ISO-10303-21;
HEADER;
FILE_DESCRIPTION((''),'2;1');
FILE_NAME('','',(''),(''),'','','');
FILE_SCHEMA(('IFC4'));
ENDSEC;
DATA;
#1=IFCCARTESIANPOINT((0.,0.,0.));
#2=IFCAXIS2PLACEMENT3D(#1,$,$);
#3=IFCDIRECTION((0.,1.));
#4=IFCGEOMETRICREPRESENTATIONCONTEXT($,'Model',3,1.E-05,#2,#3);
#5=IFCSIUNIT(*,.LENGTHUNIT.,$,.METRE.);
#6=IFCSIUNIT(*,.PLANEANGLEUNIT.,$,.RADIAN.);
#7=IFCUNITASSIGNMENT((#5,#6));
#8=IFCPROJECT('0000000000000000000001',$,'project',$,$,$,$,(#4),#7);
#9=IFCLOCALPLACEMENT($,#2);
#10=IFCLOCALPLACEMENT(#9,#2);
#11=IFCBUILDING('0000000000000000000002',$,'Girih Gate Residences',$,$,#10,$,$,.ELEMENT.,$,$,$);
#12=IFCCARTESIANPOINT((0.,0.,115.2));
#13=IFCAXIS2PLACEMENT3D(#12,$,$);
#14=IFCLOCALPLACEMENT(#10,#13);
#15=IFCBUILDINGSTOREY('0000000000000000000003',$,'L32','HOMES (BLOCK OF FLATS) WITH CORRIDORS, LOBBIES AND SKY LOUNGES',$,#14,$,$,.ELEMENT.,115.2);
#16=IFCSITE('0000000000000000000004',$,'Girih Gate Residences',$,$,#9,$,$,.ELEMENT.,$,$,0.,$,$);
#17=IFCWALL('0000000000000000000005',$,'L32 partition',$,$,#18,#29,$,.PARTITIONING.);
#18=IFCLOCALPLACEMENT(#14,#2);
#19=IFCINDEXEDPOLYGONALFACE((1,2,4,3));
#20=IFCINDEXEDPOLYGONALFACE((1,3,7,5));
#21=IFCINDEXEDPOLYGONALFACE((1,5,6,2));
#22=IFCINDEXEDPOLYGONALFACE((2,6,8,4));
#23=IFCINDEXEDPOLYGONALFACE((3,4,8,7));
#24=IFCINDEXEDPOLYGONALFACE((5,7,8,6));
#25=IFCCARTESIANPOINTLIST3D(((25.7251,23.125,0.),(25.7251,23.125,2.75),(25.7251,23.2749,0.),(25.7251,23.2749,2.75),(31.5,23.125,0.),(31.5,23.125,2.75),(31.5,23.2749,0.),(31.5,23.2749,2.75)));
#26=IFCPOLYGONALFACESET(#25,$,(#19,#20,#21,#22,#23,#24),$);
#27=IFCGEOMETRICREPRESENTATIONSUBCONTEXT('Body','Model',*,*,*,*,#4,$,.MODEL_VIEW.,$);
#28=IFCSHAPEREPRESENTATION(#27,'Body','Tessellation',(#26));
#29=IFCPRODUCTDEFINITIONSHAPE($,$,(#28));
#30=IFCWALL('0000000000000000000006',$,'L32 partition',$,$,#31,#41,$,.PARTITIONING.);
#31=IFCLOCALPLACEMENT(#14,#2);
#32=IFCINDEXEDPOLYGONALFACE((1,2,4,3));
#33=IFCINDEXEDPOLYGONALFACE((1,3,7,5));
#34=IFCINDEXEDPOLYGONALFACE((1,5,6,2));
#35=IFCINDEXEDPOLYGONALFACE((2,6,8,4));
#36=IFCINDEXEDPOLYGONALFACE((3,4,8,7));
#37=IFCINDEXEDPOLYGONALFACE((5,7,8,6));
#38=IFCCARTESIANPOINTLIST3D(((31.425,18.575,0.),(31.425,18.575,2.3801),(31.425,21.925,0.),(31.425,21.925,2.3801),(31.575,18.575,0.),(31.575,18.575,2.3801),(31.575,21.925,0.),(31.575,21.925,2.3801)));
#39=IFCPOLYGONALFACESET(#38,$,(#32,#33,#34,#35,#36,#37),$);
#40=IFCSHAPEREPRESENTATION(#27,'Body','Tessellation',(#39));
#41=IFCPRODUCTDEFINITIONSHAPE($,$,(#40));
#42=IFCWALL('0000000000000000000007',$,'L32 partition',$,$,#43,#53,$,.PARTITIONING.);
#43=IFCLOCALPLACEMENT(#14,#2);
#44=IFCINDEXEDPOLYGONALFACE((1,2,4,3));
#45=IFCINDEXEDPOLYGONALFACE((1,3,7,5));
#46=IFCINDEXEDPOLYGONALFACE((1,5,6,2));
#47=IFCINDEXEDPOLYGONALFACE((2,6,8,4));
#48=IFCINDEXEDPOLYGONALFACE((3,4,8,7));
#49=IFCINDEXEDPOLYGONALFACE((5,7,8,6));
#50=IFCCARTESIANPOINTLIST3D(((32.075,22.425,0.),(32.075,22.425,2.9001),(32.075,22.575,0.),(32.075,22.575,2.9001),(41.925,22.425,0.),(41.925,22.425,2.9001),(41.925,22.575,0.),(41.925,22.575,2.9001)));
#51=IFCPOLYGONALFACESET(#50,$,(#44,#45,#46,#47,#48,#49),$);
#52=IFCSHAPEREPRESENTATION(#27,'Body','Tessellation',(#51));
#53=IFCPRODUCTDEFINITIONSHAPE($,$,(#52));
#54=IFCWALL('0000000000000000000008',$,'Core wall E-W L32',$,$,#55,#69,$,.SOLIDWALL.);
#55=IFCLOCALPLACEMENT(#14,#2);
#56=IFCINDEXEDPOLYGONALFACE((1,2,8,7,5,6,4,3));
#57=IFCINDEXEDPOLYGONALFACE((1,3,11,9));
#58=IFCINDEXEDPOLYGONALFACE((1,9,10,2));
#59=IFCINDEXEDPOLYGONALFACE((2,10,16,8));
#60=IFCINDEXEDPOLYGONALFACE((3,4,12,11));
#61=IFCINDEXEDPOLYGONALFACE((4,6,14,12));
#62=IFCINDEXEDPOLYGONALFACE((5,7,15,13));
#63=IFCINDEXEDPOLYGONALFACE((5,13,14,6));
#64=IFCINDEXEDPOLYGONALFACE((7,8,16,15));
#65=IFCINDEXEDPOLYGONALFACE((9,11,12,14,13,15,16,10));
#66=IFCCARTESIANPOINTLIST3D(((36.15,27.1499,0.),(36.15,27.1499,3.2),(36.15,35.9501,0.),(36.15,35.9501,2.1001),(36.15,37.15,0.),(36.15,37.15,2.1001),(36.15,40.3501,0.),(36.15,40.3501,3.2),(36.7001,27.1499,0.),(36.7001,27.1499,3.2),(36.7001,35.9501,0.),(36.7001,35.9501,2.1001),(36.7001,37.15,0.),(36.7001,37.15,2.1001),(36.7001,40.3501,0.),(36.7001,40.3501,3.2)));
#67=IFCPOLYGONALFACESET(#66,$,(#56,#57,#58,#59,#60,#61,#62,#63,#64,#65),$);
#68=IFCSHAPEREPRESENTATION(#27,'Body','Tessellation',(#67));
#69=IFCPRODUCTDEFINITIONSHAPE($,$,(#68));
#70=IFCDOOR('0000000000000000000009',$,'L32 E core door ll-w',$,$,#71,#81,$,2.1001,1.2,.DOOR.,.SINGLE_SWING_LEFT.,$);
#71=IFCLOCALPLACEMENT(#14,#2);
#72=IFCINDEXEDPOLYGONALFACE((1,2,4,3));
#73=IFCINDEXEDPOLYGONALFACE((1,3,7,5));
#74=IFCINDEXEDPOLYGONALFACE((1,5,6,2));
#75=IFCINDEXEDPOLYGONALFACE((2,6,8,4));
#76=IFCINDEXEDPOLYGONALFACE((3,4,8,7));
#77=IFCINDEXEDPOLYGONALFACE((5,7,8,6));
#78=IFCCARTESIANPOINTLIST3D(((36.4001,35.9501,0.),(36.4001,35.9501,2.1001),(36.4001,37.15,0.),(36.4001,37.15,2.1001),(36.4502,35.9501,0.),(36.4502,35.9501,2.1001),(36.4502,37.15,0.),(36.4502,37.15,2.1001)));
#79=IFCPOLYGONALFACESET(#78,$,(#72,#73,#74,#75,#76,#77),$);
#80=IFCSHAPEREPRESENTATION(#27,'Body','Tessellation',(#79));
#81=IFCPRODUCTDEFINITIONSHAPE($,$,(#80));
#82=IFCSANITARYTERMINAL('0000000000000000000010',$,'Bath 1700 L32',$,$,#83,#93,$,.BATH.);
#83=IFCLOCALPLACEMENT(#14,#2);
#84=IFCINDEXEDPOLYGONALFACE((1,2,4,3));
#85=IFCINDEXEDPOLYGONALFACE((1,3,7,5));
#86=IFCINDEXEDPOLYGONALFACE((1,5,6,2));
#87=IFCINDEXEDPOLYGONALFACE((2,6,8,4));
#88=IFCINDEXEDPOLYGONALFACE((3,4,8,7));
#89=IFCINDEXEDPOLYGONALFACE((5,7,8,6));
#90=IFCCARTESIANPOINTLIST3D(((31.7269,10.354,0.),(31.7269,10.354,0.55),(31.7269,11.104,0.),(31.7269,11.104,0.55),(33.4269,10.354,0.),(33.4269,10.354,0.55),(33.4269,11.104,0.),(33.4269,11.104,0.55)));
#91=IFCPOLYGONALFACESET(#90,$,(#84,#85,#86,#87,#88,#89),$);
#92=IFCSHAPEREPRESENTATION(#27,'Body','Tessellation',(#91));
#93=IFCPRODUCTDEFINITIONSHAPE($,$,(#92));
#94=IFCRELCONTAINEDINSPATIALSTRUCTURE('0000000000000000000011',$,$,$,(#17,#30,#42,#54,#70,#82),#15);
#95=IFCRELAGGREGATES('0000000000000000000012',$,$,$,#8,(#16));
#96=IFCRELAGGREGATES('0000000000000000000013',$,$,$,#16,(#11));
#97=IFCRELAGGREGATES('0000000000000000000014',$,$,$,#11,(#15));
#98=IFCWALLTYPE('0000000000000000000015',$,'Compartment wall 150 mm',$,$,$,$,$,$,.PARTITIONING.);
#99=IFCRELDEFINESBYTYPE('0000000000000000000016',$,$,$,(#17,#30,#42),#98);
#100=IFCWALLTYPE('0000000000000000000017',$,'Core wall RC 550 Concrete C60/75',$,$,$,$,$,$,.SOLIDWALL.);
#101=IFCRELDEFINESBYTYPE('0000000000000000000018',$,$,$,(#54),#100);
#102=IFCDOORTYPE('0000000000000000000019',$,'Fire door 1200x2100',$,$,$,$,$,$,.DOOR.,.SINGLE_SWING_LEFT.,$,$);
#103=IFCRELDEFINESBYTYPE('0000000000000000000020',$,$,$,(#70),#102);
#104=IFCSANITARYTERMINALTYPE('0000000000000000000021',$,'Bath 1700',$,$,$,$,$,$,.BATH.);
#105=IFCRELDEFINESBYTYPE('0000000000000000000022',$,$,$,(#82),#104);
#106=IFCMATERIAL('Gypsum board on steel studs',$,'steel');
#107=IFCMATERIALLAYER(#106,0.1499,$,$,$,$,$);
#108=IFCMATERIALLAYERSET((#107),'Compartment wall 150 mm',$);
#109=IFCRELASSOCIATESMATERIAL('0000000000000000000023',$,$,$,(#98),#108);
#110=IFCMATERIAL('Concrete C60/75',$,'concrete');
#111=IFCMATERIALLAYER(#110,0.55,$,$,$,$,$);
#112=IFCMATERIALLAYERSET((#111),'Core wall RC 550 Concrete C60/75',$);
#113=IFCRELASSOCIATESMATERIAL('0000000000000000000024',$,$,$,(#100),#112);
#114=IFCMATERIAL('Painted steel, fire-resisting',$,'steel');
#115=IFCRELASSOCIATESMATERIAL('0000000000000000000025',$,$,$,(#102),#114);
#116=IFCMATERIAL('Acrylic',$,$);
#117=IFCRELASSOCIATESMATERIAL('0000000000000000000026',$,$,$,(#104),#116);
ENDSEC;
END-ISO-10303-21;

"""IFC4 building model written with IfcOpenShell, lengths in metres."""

from ifc_helpers import new_model, si_unit, direction, frame, frame_2d, origin, origin_2d, place, context, subcontext, project, spatial, rectangle, extrude, material, layer, layer_set, type_object, element, fill, save


model = new_model("IFC4")

# Units and contexts
model_context = context("Model", 3, precision=1e-05, world=origin(), true_north=direction((0.0, 1.0)))
body_context = subcontext(model_context, "Body", "Model", "MODEL_VIEW")
ifc_project = project(units=[si_unit("LENGTHUNIT", "METRE"), si_unit("PLANEANGLEUNIT", "RADIAN")], contexts=[model_context])

# Site, building, storey
site_placement = place(None, origin())
site = spatial("IfcSite", under=ifc_project, at=site_placement, Name="Girih Gate Residences", CompositionType="ELEMENT", RefElevation=0.0)
building_placement = place(site_placement, origin())
building = spatial("IfcBuilding", under=site, at=building_placement, Name="Girih Gate Residences", CompositionType="ELEMENT")
storey_placement = place(building_placement, frame((0.0, 0.0, 115.2)))
storey = spatial("IfcBuildingStorey", under=building, at=storey_placement, Name="L32", Description="HOMES (BLOCK OF FLATS) WITH CORRIDORS, LOBBIES AND SKY LOUNGES", CompositionType="ELEMENT", Elevation=115.2)

# Shared definitions
ifc_material_1 = material(Name="Concrete C60/75", Category="concrete")

# Shared definitions
ifc_material_2 = material(Name="Gypsum board on steel studs", Category="steel")
ifc_layer_1 = layer(ifc_material_2, 0.1499)
ifc_layer_set_1 = layer_set([ifc_layer_1], Name="Compartment wall 150 mm")
wall_type_1 = type_object("IfcWallType", Name="Compartment wall 150 mm", PredefinedType="PARTITIONING", material=ifc_layer_set_1)

# Walls
wall_1_placement = place(storey_placement, frame((25.7251, 23.2, 0.0), z_axis=(0.0, 0.0, 1.0), x_axis=(1.0, 0.0, 0.0)))
element("IfcWall", 1, at=wall_1_placement, inside=storey, type_object=wall_type_1, Name="L32 partition", PredefinedType="PARTITIONING", context=body_context, shape_type="SweptSolid", body=[
    extrude(rectangle(XDim=5.7749, YDim=0.1499, at=frame_2d((2.8875, 0.0))), origin(), (0.0, 0.0, 1.0), 2.75),
])
wall_2_placement = place(storey_placement, frame((31.5, 18.575, 0.0), z_axis=(0.0, 0.0, 1.0), x_axis=(0.0, 1.0, 0.0)))
element("IfcWall", 2, at=wall_2_placement, inside=storey, type_object=wall_type_1, Name="L32 partition", PredefinedType="PARTITIONING", context=body_context, shape_type="SweptSolid", body=[
    extrude(rectangle(XDim=3.3501, YDim=0.1499, at=frame_2d((1.675, 0.0))), origin(), (0.0, 0.0, 1.0), 2.3801),
])
wall_3_placement = place(storey_placement, frame((32.075, 22.5, 0.0), z_axis=(0.0, 0.0, 1.0), x_axis=(1.0, 0.0, 0.0)))
element("IfcWall", 3, at=wall_3_placement, inside=storey, type_object=wall_type_1, Name="L32 partition", PredefinedType="PARTITIONING", context=body_context, shape_type="SweptSolid", body=[
    extrude(rectangle(XDim=9.8501, YDim=0.1499, at=frame_2d((4.925, 0.0))), origin(), (0.0, 0.0, 1.0), 2.9001),
])

# Wall, opening, door
ifc_layer_2 = layer(ifc_material_1, 0.55)
ifc_layer_set_2 = layer_set([ifc_layer_2], Name="Core wall RC 550 Concrete C60/75")
wall_type_2 = type_object("IfcWallType", Name="Core wall RC 550 Concrete C60/75", PredefinedType="SOLIDWALL", material=ifc_layer_set_2)
wall_4_placement = place(storey_placement, frame((36.425, 27.1499, 0.0), z_axis=(0.0, 0.0, 1.0), x_axis=(0.0, 1.0, 0.0)))
wall_4 = element("IfcWall", 4, at=wall_4_placement, inside=storey, type_object=wall_type_2, Name="Core wall E-W L32", PredefinedType="SOLIDWALL", context=body_context, shape_type="SweptSolid", body=[
    extrude(rectangle(XDim=13.2002, YDim=0.55, at=frame_2d((6.6001, 0.0))), origin(), (0.0, 0.0, 1.0), 3.2),
])
opening_1_placement = place(wall_4_placement, frame((8.8, 0.0, 0.0)))
opening_1 = element("IfcOpeningElement", 5, at=opening_1_placement, cuts=wall_4, PredefinedType="OPENING", context=body_context, shape_type="SweptSolid", body=[
    extrude(rectangle(XDim=1.2, YDim=2.1001, at=frame_2d((0.6001, 1.05))), frame((0.0, 0.2849, 0.0), z_axis=(0.0, -1.0, 0.0), x_axis=(1.0, 0.0, 0.0)), (0.0, 0.0, 1.0), 0.5701),
])
ifc_material_3 = material(Name="Painted steel, fire-resisting", Category="steel")
door_type_1 = type_object("IfcDoorType", Name="Fire door 1200x2100", OperationType="SINGLE_SWING_LEFT", PredefinedType="DOOR", material=ifc_material_3)
door_1_placement = place(opening_1_placement, origin())
door_1 = element("IfcDoor", 6, at=door_1_placement, inside=storey, type_object=door_type_1, Name="L32 E core door ll-w", OperationType="SINGLE_SWING_LEFT", OverallHeight=2.1001, OverallWidth=1.2, PredefinedType="DOOR", context=body_context, shape_type="SweptSolid", body=[
    extrude(rectangle(XDim=1.2, YDim=2.1001, at=frame_2d((0.6001, 1.05))), frame((0.0, 0.0249, 0.0), z_axis=(0.0, -1.0, 0.0), x_axis=(1.0, 0.0, 0.0)), (0.0, 0.0, 1.0), 0.05),
])
fill(opening_1, door_1)

# Sanitary terminal
ifc_material_4 = material(Name="Acrylic")
sanitary_terminal_type = type_object("IfcSanitaryTerminalType", Name="Bath 1700", PredefinedType="BATH", material=ifc_material_4)
sanitary_terminal_placement = place(storey_placement, frame((32.5769, 10.729, 0.0), z_axis=(0.0, 0.0, 1.0), x_axis=(1.0, 0.0, 0.0)))
element("IfcSanitaryTerminal", 7, at=sanitary_terminal_placement, inside=storey, type_object=sanitary_terminal_type, Name="Bath 1700 L32", PredefinedType="BATH", context=body_context, shape_type="SweptSolid", body=[
    extrude(rectangle(XDim=1.7, YDim=0.75, at=origin_2d()), origin(), (0.0, 0.0, 1.0), 0.55),
])

save(model, "model.ifc")
